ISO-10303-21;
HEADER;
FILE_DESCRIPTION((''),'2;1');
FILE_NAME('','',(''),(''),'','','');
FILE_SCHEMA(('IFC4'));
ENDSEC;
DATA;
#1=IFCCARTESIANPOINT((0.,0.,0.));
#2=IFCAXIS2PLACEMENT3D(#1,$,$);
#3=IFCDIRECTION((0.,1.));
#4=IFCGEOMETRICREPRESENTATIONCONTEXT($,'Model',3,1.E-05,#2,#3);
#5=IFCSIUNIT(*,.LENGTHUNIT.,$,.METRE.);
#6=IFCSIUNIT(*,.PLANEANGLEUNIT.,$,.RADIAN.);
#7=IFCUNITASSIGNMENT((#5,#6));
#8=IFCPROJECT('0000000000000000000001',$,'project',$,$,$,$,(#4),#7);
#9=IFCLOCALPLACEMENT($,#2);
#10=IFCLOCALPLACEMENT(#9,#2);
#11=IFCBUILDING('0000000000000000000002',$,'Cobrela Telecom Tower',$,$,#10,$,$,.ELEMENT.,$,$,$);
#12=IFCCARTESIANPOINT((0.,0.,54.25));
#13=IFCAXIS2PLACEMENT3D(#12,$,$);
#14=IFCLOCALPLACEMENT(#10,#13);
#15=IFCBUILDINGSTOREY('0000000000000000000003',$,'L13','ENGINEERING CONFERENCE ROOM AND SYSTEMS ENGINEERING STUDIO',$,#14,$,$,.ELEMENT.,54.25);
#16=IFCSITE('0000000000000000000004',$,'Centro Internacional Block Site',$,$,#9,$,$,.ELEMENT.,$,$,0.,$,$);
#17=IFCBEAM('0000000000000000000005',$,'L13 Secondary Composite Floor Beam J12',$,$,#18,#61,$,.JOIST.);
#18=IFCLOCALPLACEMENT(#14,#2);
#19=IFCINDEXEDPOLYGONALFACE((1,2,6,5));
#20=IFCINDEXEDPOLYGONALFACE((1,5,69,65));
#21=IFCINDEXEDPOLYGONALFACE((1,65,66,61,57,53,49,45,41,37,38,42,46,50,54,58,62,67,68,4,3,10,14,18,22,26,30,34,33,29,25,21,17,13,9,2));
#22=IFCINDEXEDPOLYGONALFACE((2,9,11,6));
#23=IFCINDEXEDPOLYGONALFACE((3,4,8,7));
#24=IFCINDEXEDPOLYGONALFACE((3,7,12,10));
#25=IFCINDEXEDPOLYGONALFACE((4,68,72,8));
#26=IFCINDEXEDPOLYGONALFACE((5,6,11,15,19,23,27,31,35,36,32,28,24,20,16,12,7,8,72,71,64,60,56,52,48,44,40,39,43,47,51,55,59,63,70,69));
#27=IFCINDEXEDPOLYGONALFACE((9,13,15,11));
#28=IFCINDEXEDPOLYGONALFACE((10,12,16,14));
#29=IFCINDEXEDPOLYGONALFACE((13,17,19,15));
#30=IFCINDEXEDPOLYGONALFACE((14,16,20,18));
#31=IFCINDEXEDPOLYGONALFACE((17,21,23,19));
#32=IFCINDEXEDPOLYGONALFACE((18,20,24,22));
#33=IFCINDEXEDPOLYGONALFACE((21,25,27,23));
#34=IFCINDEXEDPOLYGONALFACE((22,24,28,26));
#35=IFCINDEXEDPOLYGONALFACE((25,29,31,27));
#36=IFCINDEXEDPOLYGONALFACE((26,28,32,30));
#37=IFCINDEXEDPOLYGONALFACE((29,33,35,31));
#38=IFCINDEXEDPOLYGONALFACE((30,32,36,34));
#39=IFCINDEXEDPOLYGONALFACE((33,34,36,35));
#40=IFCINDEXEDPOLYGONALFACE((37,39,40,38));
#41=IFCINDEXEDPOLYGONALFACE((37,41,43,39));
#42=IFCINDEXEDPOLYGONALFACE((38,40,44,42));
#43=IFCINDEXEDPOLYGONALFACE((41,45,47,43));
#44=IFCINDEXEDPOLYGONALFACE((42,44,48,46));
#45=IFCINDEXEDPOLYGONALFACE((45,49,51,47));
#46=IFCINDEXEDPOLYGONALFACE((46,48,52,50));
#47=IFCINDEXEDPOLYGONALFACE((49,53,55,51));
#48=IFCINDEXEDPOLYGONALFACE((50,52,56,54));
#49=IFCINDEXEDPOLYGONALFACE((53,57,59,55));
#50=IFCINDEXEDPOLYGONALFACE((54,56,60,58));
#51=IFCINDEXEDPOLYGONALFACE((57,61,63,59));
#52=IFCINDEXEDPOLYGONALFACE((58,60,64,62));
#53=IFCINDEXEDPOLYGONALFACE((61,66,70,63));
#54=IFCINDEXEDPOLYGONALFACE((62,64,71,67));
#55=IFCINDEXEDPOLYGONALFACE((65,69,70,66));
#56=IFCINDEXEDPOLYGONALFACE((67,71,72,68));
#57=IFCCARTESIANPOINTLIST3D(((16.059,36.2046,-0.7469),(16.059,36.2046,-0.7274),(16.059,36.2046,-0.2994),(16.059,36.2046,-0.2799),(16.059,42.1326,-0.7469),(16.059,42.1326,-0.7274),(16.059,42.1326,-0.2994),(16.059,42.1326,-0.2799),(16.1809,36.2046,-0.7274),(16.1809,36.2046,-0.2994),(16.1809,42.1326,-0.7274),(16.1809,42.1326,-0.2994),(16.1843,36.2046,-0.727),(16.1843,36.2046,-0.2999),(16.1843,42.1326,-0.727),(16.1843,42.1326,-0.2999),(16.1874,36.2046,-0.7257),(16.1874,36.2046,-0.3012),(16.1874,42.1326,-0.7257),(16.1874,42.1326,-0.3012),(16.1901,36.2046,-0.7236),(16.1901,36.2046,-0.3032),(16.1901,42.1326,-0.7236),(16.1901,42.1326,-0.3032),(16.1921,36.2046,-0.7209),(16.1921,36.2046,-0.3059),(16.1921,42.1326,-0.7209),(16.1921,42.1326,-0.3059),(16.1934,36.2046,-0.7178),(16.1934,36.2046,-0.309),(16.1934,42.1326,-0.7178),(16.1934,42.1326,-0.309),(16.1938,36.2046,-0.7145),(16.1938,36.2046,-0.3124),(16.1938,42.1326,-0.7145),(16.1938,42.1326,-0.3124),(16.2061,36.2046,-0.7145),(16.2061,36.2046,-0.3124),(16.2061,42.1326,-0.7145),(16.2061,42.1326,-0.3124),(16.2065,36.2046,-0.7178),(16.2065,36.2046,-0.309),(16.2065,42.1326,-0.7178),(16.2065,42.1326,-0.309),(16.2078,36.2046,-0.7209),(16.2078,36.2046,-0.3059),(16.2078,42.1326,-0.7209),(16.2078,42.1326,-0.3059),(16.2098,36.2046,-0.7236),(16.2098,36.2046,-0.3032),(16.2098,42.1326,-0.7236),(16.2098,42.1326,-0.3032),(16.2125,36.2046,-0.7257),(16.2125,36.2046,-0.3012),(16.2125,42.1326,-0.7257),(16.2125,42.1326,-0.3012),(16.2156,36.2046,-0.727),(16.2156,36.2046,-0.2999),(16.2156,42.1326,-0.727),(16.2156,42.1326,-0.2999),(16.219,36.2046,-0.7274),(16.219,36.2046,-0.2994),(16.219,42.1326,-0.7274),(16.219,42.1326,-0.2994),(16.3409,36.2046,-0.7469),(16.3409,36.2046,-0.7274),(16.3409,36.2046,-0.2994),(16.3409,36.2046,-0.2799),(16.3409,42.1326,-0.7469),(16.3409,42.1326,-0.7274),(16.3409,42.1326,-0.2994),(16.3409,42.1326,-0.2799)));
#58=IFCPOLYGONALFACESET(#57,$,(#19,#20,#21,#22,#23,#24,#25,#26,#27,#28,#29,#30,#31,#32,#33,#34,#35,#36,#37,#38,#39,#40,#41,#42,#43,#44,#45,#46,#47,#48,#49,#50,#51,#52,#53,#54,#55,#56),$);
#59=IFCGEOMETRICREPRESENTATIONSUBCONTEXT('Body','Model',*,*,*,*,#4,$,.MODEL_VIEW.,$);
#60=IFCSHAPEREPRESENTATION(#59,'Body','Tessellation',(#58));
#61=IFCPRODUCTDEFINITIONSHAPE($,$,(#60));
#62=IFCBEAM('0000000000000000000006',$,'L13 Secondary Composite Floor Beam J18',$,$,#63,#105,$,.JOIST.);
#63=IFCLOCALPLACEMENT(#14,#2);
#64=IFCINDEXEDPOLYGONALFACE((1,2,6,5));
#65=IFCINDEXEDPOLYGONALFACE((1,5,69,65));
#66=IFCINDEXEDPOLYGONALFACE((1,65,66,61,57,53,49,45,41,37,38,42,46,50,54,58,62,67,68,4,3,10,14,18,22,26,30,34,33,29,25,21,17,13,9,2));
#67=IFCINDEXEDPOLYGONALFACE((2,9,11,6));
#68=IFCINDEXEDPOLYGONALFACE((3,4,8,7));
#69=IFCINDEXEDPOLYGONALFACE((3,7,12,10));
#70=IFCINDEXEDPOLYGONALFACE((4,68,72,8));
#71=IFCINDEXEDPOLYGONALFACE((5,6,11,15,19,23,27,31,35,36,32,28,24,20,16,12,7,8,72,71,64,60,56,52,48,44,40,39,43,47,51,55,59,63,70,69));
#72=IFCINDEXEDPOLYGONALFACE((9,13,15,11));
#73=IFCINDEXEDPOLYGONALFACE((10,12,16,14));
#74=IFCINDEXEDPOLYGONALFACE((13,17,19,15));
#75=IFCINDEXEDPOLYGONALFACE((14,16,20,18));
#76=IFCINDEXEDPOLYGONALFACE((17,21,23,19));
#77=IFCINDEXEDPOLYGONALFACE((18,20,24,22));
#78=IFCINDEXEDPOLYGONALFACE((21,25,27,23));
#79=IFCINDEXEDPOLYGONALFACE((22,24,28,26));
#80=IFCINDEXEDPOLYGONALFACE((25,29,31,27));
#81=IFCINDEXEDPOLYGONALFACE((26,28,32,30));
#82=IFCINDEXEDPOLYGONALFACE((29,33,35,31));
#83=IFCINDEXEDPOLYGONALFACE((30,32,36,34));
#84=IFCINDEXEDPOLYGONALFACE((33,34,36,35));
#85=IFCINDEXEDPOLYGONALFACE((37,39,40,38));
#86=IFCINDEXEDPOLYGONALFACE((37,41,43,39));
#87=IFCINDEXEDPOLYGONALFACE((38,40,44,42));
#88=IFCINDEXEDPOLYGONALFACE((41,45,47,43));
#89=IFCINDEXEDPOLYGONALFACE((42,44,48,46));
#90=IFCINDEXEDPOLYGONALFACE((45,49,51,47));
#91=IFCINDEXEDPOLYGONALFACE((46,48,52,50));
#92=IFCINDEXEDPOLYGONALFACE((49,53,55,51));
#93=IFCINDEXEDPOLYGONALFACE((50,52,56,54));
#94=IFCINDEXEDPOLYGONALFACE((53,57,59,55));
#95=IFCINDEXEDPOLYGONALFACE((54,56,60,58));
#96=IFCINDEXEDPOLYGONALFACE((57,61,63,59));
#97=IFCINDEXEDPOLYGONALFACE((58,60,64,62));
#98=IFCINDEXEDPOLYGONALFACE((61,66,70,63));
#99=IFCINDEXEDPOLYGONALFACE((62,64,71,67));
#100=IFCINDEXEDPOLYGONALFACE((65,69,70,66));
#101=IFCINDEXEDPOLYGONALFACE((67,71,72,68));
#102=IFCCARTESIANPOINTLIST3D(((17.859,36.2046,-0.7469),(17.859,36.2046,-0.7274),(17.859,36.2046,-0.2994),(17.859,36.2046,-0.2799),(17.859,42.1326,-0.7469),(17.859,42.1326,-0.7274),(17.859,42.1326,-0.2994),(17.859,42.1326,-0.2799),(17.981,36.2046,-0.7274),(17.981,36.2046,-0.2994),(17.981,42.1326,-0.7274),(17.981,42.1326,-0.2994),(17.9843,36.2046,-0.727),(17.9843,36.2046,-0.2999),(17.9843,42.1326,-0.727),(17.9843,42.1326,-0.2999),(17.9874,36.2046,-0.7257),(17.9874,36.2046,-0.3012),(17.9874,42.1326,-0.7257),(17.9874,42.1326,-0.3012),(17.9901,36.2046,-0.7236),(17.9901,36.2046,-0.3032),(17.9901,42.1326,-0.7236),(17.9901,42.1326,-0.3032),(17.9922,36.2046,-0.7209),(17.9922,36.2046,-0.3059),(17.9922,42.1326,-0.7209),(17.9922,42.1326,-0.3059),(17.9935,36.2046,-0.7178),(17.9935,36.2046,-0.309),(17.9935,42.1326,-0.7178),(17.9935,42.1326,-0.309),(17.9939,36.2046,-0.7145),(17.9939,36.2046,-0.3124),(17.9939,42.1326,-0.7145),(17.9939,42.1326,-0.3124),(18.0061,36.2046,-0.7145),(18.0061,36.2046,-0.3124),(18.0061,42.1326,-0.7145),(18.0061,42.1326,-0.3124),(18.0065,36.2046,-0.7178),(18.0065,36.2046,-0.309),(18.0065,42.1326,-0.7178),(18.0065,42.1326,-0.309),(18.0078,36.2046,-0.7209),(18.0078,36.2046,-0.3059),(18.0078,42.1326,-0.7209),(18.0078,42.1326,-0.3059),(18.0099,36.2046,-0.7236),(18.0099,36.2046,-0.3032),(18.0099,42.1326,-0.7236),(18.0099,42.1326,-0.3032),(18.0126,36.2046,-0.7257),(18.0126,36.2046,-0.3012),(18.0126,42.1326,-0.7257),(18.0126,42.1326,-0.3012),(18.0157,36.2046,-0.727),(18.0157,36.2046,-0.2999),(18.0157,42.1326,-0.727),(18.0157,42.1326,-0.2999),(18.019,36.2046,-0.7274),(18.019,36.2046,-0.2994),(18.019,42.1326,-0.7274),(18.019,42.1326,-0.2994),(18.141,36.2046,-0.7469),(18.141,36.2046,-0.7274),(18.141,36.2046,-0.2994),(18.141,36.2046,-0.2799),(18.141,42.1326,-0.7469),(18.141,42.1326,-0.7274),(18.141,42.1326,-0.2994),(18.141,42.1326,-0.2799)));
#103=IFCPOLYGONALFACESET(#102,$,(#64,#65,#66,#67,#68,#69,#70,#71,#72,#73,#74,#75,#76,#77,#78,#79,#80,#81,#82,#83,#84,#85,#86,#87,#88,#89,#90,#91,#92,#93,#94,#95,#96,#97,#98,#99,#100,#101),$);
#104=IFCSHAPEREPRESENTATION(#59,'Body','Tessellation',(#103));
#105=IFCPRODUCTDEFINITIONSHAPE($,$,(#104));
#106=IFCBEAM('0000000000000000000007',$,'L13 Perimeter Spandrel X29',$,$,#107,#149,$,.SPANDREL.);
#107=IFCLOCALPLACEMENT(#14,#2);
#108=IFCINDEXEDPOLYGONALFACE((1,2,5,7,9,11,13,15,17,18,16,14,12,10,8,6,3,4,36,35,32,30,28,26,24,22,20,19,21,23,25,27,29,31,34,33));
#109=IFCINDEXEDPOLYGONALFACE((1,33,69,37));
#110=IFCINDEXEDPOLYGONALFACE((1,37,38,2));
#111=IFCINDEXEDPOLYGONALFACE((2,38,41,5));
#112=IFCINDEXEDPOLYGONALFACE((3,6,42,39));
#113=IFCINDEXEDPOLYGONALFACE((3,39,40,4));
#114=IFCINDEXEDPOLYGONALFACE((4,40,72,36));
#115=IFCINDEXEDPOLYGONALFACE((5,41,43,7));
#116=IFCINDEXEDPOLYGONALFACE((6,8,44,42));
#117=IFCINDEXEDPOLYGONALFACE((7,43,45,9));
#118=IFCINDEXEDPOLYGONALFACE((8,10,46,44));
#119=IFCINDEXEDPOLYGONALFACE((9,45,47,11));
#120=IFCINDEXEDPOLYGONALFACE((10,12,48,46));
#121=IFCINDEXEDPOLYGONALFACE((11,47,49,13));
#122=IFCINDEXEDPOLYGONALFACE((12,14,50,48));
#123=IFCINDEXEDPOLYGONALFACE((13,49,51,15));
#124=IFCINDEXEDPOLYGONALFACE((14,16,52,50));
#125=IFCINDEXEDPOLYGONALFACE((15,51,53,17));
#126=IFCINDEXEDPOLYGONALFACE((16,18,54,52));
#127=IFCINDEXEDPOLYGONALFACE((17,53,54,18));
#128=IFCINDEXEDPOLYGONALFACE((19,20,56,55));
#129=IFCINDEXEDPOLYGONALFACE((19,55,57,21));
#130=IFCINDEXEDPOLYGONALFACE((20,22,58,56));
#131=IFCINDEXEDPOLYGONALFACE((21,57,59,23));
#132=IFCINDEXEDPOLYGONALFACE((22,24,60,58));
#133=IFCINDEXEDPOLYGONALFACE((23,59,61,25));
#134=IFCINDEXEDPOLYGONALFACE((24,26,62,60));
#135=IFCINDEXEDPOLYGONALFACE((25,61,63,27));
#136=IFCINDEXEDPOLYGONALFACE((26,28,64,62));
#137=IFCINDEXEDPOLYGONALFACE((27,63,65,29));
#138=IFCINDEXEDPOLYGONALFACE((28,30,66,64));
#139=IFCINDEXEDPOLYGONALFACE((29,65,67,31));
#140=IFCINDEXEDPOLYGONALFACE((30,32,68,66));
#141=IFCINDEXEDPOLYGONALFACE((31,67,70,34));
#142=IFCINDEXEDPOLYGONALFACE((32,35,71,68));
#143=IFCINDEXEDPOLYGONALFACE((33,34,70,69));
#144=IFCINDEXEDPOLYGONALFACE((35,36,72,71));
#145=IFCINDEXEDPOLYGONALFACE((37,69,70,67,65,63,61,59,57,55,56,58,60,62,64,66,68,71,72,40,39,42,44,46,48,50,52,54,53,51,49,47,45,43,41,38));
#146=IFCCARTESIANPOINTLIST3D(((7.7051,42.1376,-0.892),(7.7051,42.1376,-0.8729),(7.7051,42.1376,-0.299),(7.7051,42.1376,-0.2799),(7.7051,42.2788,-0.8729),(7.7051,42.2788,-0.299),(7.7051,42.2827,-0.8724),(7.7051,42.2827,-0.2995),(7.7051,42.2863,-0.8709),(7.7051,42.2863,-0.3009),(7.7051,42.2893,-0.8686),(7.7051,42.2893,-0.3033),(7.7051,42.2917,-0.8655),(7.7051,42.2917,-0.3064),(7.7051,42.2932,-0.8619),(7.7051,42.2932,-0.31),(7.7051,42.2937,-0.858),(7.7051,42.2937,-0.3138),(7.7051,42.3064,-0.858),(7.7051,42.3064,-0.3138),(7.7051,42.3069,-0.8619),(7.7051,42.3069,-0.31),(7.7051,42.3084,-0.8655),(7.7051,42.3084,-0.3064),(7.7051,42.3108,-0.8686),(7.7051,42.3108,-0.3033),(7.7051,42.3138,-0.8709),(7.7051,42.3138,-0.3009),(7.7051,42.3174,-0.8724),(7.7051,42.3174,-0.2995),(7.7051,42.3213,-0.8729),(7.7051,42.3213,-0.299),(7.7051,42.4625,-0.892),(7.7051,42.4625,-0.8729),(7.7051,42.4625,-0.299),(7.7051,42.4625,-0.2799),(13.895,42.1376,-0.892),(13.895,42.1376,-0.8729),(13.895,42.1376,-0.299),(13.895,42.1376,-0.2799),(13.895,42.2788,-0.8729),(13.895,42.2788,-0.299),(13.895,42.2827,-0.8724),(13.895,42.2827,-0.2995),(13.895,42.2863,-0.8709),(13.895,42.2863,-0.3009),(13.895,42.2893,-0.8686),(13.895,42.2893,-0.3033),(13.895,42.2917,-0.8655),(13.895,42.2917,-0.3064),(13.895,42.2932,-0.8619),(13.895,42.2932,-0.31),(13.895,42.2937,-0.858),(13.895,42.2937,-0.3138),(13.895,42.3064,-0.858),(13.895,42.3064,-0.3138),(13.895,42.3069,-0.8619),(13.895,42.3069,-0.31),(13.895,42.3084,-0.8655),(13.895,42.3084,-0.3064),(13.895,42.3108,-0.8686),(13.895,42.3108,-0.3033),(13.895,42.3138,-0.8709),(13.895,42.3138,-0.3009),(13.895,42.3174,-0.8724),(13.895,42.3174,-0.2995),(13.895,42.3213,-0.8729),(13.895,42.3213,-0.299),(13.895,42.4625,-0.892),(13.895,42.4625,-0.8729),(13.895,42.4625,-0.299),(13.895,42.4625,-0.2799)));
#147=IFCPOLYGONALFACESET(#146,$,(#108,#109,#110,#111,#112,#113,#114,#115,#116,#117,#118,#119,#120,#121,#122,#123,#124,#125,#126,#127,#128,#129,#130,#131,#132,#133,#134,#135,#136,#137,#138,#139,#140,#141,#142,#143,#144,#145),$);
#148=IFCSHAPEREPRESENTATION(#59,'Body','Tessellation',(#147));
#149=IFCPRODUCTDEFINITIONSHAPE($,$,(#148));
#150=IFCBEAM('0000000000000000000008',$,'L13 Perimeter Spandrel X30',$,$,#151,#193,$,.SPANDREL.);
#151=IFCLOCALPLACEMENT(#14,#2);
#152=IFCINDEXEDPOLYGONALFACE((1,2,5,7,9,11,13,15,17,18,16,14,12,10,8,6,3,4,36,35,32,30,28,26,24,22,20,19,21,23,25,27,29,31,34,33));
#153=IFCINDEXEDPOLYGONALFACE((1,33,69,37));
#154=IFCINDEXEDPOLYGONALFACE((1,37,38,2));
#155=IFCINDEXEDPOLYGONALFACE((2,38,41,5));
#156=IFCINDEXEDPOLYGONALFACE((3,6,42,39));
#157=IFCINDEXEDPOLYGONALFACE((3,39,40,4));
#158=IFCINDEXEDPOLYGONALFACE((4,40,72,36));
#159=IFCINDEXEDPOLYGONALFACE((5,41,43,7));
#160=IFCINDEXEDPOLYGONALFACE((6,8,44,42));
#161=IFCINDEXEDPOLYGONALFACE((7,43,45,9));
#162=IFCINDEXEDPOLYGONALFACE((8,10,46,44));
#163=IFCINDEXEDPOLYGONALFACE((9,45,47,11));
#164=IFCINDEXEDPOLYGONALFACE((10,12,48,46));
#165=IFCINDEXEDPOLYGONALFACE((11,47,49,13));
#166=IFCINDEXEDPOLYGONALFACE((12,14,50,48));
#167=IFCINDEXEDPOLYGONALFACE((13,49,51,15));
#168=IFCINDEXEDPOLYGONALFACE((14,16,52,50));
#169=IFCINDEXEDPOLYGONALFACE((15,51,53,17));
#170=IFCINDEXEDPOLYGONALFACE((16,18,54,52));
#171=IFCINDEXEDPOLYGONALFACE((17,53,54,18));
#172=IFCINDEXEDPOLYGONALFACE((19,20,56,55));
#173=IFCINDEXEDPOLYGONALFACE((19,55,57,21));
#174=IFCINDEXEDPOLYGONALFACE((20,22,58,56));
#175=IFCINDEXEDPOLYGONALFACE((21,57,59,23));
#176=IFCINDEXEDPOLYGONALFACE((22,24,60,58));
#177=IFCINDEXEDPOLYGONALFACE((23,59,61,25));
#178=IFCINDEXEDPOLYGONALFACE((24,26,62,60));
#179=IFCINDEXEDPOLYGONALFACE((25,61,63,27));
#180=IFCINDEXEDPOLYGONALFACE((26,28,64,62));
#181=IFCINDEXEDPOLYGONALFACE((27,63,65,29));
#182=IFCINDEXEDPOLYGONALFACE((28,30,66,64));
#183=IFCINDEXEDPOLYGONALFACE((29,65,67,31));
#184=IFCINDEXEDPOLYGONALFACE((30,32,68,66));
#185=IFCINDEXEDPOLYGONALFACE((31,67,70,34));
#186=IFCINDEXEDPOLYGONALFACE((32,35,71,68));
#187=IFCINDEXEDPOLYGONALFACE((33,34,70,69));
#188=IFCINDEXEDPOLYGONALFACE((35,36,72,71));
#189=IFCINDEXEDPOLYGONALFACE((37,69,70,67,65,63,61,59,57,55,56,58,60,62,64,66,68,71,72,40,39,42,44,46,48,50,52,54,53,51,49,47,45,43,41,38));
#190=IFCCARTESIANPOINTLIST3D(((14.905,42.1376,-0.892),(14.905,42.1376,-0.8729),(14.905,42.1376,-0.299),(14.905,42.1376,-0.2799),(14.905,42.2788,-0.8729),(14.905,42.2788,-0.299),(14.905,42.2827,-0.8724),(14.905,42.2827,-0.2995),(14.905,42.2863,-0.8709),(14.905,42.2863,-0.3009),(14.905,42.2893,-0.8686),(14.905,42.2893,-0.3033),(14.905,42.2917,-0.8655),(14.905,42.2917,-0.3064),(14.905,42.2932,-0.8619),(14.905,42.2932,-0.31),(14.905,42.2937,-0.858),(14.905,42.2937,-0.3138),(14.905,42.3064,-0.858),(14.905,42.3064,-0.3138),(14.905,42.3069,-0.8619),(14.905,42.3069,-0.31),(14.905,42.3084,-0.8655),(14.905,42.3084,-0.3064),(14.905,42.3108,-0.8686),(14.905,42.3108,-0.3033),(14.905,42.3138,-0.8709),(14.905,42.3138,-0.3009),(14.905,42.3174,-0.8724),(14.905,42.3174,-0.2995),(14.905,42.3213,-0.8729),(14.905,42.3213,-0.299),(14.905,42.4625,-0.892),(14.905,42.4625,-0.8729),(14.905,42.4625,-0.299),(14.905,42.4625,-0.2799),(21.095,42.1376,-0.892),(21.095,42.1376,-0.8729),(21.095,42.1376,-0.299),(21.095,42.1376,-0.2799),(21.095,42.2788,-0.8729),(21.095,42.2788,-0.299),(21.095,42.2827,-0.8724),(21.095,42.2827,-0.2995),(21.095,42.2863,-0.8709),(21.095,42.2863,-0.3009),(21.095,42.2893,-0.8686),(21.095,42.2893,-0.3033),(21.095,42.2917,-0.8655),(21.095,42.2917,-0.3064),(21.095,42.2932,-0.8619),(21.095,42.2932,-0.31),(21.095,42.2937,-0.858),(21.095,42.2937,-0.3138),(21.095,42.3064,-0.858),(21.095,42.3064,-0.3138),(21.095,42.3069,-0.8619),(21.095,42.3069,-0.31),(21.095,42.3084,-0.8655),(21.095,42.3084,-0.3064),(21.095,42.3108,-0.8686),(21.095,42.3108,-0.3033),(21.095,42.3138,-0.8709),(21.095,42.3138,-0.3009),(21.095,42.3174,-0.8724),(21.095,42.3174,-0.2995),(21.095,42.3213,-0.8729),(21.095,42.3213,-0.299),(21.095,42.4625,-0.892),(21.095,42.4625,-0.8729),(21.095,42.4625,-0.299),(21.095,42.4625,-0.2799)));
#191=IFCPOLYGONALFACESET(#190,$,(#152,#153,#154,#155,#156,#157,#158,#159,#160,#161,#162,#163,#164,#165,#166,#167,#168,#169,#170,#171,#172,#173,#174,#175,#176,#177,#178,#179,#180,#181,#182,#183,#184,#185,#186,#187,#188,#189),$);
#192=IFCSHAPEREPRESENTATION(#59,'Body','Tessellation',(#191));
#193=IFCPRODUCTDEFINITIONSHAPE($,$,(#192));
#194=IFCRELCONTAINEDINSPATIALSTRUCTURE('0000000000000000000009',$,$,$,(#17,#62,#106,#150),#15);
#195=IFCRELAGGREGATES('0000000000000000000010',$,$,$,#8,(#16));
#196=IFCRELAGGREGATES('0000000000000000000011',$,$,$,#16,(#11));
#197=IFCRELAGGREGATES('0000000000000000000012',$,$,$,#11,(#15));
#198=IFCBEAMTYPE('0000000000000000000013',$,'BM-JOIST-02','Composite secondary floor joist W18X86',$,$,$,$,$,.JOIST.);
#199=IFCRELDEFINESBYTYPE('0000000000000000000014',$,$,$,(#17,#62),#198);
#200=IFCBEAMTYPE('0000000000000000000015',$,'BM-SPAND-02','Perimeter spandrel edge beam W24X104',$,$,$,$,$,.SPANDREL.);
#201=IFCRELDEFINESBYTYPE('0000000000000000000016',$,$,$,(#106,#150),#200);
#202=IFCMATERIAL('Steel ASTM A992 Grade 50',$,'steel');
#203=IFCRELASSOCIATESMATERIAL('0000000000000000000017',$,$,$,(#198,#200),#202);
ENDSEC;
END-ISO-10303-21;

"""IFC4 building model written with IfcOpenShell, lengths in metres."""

from ifc_helpers import new_model, si_unit, direction, frame, origin, origin_2d, place, context, subcontext, project, spatial, i_section, extrude, material, material_profile, profile_set, type_object, element, save


model = new_model("IFC4")

# Units and contexts
model_context = context("Model", 3, precision=1e-05, world=origin(), true_north=direction((0.0, 1.0)))
body_context = subcontext(model_context, "Body", "Model", "MODEL_VIEW")
ifc_project = project(units=[si_unit("LENGTHUNIT", "METRE"), si_unit("PLANEANGLEUNIT", "RADIAN")], contexts=[model_context])

# Site, building, storey
site_placement = place(None, origin())
site = spatial("IfcSite", under=ifc_project, at=site_placement, Name="Centro Internacional Block Site", CompositionType="ELEMENT", RefElevation=0.0)
building_placement = place(site_placement, origin())
building = spatial("IfcBuilding", under=site, at=building_placement, Name="Cobrela Telecom Tower", CompositionType="ELEMENT")
storey_placement = place(building_placement, frame((0.0, 0.0, 54.25)))
storey = spatial("IfcBuildingStorey", under=building, at=storey_placement, Name="L13", Description="ENGINEERING CONFERENCE ROOM AND SYSTEMS ENGINEERING STUDIO", CompositionType="ELEMENT", Elevation=54.25)

# Beams
ifc_material_1 = material(Name="Steel ASTM A992 Grade 50", Category="steel")
ifc_material_profile_1 = material_profile(ifc_material_1, i_section(OverallWidth=0.282, OverallDepth=0.467, WebThickness=0.0122, FlangeThickness=0.0195, FilletRadius=0.0129, at=origin_2d()), Name="W18X86")
ifc_profile_set_1 = profile_set([ifc_material_profile_1], Name="Steel ASTM A992 Grade 50")
beam_type_1 = type_object("IfcBeamType", Name="BM-JOIST-02", Description="Composite secondary floor joist W18X86", PredefinedType="JOIST", material=ifc_profile_set_1)
for number, where, z_axis, x_axis, name in (
    (1, (16.2, 36.2046, -0.5134), (0.0, 1.0, 0.0), (-1.0, 0.0, 0.0), "L13 Secondary Composite Floor Beam J12"),
    (2, (18.0, 36.2046, -0.5134), (0.0, 1.0, 0.0), (-1.0, 0.0, 0.0), "L13 Secondary Composite Floor Beam J18"),
):
    element("IfcBeam", number, at=place(storey_placement, frame(where, z_axis=z_axis, x_axis=x_axis)), inside=storey, type_object=beam_type_1, Name=name, PredefinedType="JOIST", context=body_context, shape_type="SweptSolid", body=[
        extrude(i_section(OverallWidth=0.282, OverallDepth=0.467, WebThickness=0.0122, FlangeThickness=0.0195, FilletRadius=0.0129, at=origin_2d()), origin(), (0.0, 0.0, 1.0), 5.928),
    ])
ifc_material_profile_2 = material_profile(ifc_material_1, i_section(OverallWidth=0.325, OverallDepth=0.6121, WebThickness=0.0127, FlangeThickness=0.019, FilletRadius=0.0149, at=origin_2d()), Name="W24X104")
ifc_profile_set_2 = profile_set([ifc_material_profile_2], Name="Steel ASTM A992 Grade 50")
beam_type_2 = type_object("IfcBeamType", Name="BM-SPAND-02", Description="Perimeter spandrel edge beam W24X104", PredefinedType="SPANDREL", material=ifc_profile_set_2)
for number, where, z_axis, x_axis, name in (
    (3, (7.7051, 42.3, -0.5859), (1.0, 0.0, 0.0), (0.0, 1.0, 0.0), "L13 Perimeter Spandrel X29"),
    (4, (14.905, 42.3, -0.5859), (1.0, 0.0, 0.0), (0.0, 1.0, 0.0), "L13 Perimeter Spandrel X30"),
):
    element("IfcBeam", number, at=place(storey_placement, frame(where, z_axis=z_axis, x_axis=x_axis)), inside=storey, type_object=beam_type_2, Name=name, PredefinedType="SPANDREL", context=body_context, shape_type="SweptSolid", body=[
        extrude(i_section(OverallWidth=0.325, OverallDepth=0.6121, WebThickness=0.0127, FlangeThickness=0.019, FilletRadius=0.0149, at=origin_2d()), origin(), (0.0, 0.0, 1.0), 6.1899),
    ])

save(model, "model.ifc")
